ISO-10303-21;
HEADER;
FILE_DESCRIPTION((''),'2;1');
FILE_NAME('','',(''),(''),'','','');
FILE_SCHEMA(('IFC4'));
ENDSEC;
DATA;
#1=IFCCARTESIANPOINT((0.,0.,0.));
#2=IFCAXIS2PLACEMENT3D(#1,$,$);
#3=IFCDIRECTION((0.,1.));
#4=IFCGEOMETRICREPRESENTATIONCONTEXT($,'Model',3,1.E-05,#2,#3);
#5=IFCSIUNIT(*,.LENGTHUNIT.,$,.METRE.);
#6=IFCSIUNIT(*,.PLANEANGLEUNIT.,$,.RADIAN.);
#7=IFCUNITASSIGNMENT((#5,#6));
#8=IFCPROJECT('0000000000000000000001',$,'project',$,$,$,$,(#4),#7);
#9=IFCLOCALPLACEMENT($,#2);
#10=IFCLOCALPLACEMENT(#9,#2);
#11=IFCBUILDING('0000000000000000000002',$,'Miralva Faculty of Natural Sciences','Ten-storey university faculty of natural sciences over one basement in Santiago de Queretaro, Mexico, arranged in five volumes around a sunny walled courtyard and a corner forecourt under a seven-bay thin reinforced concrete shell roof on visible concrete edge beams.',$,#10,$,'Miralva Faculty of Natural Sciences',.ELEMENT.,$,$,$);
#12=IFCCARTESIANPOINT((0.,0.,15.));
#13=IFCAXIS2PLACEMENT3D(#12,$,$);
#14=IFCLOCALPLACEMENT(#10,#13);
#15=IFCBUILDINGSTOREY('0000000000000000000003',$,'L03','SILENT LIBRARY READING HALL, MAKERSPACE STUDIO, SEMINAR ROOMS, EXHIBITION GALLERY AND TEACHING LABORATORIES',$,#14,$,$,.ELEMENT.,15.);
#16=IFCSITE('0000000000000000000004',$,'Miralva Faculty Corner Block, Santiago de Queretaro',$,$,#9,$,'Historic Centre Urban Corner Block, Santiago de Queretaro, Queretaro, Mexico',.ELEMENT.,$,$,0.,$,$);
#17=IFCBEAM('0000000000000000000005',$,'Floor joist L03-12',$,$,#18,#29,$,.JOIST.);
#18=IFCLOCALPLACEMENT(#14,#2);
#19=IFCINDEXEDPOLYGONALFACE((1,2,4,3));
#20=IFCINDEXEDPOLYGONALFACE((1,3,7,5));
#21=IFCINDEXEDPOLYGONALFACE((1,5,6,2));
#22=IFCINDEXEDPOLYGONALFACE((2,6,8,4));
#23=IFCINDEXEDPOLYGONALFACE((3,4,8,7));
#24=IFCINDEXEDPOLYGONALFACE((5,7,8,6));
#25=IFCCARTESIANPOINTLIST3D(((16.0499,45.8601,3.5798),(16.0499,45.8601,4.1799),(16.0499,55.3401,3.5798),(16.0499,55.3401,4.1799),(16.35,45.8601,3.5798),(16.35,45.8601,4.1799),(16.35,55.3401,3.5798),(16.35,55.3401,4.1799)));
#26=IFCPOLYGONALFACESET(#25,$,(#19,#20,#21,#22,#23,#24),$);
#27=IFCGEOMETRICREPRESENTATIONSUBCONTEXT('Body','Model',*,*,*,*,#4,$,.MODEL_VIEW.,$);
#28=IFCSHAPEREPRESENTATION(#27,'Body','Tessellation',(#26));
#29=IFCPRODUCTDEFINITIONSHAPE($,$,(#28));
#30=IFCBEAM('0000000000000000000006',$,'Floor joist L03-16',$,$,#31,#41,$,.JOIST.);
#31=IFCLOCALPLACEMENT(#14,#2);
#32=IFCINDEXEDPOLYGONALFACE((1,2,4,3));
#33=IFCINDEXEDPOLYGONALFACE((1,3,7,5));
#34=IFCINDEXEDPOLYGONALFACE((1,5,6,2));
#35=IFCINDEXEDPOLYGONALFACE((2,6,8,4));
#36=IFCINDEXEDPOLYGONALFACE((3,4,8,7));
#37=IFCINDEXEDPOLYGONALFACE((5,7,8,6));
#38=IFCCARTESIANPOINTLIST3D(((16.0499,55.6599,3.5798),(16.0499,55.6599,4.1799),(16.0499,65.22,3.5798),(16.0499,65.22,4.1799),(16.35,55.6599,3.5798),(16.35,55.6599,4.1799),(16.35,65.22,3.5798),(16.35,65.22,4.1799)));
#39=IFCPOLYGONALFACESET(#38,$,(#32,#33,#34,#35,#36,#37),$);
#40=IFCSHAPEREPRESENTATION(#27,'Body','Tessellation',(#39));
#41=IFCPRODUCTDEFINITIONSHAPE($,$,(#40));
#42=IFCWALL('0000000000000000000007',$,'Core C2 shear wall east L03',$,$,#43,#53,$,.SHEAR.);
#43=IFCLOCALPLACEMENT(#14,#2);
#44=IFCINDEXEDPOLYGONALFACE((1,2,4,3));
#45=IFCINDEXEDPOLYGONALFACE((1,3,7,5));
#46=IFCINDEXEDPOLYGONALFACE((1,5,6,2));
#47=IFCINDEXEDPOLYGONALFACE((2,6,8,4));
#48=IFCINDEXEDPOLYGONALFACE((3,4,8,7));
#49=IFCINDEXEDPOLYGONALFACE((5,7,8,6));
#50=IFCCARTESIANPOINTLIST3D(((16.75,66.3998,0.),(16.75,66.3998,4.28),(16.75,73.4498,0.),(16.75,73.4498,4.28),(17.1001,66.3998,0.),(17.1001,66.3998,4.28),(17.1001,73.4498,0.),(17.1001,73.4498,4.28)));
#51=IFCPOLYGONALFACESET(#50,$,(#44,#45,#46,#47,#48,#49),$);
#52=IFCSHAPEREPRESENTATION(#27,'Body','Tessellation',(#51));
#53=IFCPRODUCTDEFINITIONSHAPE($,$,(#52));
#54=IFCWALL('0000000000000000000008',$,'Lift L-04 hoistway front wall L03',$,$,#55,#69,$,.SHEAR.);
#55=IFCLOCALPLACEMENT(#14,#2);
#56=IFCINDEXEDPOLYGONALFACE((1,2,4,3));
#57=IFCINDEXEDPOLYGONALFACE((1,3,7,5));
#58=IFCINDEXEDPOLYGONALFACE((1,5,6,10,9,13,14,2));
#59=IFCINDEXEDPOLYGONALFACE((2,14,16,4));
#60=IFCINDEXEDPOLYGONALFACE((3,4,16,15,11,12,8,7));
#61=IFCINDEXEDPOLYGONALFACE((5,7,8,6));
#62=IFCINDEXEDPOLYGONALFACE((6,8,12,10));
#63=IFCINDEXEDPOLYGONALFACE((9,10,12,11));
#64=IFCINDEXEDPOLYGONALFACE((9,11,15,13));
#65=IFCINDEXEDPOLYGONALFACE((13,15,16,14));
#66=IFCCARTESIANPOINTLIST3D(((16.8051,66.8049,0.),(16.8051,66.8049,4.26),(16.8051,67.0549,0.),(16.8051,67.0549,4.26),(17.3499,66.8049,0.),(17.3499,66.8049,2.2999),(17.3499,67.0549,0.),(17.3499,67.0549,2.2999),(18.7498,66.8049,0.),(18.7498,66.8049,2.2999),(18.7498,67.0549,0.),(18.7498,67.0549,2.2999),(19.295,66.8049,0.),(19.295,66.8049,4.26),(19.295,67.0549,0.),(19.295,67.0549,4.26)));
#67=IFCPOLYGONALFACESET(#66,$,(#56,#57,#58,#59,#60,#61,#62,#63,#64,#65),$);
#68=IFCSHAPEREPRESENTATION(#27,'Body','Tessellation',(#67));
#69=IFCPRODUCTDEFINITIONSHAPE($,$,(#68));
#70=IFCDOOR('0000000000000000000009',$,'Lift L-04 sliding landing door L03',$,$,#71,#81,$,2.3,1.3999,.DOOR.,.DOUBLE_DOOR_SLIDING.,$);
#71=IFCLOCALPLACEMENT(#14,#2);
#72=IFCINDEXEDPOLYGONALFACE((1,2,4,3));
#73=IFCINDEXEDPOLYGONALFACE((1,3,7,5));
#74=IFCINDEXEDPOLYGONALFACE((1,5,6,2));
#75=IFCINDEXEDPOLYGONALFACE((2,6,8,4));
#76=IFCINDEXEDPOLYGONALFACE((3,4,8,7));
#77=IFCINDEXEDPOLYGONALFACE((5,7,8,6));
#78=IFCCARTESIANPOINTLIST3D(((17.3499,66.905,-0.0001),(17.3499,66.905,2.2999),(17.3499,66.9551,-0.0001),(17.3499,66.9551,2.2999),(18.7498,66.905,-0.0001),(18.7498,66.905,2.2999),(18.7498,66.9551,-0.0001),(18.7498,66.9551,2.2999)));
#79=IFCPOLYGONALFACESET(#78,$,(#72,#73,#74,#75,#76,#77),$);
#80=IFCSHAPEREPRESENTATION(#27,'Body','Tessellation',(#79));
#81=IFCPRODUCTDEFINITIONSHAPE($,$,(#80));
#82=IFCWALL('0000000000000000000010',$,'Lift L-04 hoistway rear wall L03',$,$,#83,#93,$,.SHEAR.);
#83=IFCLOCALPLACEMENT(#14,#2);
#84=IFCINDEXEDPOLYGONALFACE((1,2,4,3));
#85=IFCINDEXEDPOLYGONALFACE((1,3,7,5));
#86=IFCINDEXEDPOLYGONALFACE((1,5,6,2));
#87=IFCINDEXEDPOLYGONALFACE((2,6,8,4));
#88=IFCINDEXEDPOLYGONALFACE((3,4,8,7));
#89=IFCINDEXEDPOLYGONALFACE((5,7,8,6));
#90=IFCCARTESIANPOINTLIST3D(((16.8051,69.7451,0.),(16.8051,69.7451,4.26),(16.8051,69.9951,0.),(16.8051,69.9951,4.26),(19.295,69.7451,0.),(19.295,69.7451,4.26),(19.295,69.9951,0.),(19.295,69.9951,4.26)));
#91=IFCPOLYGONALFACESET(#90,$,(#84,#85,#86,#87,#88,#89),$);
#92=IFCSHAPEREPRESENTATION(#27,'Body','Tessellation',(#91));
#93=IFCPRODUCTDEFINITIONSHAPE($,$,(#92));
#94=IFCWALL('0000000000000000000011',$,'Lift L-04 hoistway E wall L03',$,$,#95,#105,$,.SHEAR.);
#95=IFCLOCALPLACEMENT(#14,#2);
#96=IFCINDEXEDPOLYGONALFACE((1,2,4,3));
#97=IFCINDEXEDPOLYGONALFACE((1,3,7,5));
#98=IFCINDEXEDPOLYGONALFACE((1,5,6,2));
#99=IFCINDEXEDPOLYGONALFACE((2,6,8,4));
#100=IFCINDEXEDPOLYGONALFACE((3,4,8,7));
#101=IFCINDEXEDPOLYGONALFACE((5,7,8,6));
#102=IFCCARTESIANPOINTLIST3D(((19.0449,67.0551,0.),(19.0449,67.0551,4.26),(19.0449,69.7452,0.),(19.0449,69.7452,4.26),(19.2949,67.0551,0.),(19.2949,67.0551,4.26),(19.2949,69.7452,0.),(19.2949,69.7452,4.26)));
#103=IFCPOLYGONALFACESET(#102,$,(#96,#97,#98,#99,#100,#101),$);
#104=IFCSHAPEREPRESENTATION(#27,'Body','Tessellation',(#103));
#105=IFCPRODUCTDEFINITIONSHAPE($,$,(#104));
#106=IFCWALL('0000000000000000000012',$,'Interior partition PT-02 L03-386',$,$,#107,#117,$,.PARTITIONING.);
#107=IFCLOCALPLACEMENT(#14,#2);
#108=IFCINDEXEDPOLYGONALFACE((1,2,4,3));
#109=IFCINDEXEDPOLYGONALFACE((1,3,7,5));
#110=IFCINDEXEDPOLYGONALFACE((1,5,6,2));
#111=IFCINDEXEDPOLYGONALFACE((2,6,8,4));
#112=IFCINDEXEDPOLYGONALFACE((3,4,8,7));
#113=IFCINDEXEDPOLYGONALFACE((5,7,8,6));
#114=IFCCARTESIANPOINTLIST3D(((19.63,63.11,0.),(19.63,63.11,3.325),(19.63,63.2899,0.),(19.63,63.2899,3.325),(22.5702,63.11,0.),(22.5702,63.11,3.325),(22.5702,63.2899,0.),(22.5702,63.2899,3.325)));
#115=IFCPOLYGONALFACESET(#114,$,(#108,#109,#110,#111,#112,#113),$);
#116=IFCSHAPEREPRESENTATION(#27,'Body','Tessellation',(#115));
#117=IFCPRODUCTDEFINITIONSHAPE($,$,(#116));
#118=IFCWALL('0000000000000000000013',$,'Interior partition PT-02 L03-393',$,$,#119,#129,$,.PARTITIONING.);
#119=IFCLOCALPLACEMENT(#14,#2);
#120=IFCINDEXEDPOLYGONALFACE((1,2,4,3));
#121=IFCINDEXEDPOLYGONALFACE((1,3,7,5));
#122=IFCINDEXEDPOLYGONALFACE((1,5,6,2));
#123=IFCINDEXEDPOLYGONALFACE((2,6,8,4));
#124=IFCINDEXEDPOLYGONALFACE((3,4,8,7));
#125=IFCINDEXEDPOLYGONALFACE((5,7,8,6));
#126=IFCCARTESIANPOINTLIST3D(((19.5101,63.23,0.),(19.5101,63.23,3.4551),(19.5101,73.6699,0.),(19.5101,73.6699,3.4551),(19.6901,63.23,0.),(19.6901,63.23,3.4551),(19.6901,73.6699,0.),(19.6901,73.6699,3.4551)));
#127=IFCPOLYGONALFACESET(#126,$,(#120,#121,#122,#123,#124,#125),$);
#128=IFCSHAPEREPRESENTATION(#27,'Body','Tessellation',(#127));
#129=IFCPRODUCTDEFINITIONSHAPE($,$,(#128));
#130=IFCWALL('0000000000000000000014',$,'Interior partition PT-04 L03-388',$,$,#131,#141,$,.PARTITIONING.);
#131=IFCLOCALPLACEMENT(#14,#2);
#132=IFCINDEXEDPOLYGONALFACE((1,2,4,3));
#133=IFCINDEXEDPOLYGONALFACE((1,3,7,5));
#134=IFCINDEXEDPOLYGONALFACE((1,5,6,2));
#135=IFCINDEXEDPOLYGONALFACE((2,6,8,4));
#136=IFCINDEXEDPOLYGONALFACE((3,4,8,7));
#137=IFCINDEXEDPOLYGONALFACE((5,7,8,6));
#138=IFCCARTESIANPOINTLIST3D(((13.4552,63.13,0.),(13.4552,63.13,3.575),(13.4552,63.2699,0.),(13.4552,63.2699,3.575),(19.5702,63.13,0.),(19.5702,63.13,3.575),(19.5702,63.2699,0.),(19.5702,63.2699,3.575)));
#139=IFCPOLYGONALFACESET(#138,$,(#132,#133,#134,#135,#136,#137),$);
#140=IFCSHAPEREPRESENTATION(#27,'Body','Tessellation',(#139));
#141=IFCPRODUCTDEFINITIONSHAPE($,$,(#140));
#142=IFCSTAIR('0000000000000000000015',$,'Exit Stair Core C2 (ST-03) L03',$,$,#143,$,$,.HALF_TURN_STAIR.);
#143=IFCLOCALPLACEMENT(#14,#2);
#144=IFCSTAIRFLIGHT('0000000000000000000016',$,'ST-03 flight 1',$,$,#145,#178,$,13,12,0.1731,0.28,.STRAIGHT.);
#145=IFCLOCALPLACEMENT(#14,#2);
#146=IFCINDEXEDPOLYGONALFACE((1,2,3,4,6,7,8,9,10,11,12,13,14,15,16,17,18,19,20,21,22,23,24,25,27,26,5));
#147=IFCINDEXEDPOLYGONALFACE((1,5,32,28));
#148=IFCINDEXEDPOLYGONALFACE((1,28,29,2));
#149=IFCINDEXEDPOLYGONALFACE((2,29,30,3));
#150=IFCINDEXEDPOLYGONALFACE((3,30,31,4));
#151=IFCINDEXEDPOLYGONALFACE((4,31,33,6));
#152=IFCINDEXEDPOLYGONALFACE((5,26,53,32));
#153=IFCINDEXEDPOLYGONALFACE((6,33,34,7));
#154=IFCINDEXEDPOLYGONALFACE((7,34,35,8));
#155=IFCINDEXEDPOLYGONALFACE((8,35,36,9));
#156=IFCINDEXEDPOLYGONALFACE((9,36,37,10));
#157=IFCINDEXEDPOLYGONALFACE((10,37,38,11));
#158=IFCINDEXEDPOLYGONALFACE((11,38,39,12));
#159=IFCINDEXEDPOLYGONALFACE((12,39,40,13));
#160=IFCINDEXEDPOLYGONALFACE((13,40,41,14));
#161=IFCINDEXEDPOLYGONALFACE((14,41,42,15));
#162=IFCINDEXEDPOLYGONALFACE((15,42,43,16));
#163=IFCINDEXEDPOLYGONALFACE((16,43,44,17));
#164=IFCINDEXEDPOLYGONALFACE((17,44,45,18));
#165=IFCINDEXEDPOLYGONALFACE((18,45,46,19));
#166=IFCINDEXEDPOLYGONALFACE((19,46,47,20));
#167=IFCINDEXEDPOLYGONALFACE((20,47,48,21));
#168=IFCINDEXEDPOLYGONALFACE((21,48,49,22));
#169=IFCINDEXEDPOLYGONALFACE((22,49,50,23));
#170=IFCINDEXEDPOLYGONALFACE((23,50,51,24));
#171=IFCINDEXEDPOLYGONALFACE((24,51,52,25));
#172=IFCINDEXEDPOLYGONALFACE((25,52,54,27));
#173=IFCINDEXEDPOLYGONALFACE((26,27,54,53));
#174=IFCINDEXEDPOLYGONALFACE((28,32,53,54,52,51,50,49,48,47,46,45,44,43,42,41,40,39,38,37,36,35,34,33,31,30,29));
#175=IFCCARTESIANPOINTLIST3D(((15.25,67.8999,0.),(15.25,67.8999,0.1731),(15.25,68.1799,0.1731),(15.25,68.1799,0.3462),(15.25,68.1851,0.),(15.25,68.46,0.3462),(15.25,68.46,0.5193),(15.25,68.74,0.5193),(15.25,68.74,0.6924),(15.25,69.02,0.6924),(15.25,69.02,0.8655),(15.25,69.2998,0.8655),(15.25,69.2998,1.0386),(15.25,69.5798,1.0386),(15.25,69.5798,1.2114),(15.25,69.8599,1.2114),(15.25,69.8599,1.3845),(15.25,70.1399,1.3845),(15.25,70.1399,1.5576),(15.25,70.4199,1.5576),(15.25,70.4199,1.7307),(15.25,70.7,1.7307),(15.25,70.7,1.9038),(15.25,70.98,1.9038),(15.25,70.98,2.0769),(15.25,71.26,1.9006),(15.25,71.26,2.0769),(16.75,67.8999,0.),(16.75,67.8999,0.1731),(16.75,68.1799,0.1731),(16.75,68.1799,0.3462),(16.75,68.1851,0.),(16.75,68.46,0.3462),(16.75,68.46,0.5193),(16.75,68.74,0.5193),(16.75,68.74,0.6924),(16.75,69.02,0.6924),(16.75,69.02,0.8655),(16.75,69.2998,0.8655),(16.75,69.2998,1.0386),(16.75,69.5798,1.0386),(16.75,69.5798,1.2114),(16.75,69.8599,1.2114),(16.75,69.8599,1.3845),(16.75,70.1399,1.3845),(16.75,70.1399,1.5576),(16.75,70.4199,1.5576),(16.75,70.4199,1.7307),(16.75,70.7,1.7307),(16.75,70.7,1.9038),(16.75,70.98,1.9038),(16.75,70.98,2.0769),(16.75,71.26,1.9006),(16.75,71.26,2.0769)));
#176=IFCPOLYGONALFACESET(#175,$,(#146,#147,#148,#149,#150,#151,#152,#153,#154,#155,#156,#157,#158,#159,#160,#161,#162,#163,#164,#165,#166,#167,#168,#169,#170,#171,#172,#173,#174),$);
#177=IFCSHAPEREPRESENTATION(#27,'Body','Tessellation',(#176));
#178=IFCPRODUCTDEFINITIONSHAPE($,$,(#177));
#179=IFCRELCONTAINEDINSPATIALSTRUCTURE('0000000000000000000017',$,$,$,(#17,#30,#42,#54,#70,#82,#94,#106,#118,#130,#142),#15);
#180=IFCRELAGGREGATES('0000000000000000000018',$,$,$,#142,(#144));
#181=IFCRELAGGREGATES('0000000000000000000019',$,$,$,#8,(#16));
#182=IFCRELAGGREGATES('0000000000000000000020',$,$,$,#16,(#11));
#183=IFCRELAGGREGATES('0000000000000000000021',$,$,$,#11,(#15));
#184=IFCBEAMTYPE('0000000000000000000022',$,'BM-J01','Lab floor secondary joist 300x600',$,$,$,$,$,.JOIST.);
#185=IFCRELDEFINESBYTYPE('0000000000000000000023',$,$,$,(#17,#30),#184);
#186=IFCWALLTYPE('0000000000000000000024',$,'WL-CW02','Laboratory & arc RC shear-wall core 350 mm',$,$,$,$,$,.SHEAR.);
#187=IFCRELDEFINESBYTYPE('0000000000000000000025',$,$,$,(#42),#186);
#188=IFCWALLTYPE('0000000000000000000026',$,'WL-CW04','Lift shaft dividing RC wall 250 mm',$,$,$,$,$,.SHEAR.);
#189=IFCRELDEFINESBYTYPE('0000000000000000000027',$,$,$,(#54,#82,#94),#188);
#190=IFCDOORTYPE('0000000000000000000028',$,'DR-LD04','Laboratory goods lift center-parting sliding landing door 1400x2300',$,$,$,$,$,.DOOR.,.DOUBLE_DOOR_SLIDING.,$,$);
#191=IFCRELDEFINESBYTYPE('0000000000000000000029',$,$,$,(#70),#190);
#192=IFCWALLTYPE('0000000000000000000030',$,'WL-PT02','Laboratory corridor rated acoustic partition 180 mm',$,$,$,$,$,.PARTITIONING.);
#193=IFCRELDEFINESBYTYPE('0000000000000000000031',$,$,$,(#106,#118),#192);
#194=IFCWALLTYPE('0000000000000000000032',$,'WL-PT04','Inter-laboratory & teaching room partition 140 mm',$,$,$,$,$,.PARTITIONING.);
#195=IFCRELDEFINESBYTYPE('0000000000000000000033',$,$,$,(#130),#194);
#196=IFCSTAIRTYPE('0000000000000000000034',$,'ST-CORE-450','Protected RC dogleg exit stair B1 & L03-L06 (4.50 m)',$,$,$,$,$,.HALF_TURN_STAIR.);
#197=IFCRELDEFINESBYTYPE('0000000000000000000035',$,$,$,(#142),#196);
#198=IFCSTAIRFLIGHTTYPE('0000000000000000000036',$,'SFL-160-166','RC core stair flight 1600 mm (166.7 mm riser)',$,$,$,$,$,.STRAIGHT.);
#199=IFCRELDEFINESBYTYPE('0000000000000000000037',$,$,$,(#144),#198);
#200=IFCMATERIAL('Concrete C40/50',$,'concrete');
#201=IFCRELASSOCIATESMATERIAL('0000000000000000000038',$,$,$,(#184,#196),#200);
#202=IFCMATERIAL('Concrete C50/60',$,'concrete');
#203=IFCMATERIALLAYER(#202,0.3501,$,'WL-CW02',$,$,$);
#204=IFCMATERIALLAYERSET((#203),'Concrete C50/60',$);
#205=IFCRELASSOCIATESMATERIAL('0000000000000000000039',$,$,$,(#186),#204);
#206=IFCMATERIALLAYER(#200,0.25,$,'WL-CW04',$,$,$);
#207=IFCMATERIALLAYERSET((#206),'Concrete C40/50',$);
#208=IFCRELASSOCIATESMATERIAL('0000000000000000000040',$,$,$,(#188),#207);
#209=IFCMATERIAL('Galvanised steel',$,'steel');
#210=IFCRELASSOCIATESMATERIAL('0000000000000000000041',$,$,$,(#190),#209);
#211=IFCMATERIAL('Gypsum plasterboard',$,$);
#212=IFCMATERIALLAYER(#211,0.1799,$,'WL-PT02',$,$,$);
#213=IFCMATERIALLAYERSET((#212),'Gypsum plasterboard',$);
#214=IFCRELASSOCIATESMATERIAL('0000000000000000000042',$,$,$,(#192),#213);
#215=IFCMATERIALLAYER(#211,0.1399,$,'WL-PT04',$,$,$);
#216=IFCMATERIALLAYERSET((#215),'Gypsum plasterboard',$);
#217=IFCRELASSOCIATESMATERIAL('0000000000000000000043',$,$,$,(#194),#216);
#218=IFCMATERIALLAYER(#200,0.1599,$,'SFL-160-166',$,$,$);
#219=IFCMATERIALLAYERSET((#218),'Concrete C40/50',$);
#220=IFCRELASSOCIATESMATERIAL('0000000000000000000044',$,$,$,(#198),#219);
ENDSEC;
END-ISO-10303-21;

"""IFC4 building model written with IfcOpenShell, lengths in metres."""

from ifc_helpers import new_model, si_unit, direction, frame, frame_2d, origin, origin_2d, place, context, subcontext, project, spatial, polyline, rectangle, outline, extrude, material, layer, layer_set, material_profile, profile_set, type_object, element, fill, aggregate, save


model = new_model("IFC4")

# Units and contexts
model_context = context("Model", 3, precision=1e-05, world=origin(), true_north=direction((0.0, 1.0)))
body_context = subcontext(model_context, "Body", "Model", "MODEL_VIEW")
ifc_project = project(units=[si_unit("LENGTHUNIT", "METRE"), si_unit("PLANEANGLEUNIT", "RADIAN")], contexts=[model_context])

# Site, building, storey
site_placement = place(None, origin())
site = spatial("IfcSite", under=ifc_project, at=site_placement, Name="Miralva Faculty Corner Block, Santiago de Queretaro", LongName="Historic Centre Urban Corner Block, Santiago de Queretaro, Queretaro, Mexico", CompositionType="ELEMENT", RefElevation=0.0)
building_placement = place(site_placement, origin())
building = spatial("IfcBuilding", under=site, at=building_placement, Name="Miralva Faculty of Natural Sciences", Description="Ten-storey university faculty of natural sciences over one basement in Santiago de Queretaro, Mexico, arranged in five volumes around a sunny walled courtyard and a corner forecourt under a seven-bay thin reinforced concrete shell roof on visible concrete edge beams.", LongName="Miralva Faculty of Natural Sciences", CompositionType="ELEMENT")
storey_placement = place(building_placement, frame((0.0, 0.0, 15.0)))
storey = spatial("IfcBuildingStorey", under=building, at=storey_placement, Name="L03", Description="SILENT LIBRARY READING HALL, MAKERSPACE STUDIO, SEMINAR ROOMS, EXHIBITION GALLERY AND TEACHING LABORATORIES", CompositionType="ELEMENT", Elevation=15.0)

# Beams
ifc_material_1 = material(Name="Concrete C40/50", Category="concrete")
ifc_material_profile = material_profile(ifc_material_1, rectangle(XDim=0.3, YDim=0.6001, at=origin_2d()), Name="RC 300x600")
ifc_profile_set = profile_set([ifc_material_profile], Name="Concrete C40/50")
beam_type = type_object("IfcBeamType", Name="BM-J01", Description="Lab floor secondary joist 300x600", PredefinedType="JOIST", material=ifc_profile_set)
beam_1_placement = place(storey_placement, frame((16.2, 45.8601, 3.8799), z_axis=(0.0, 1.0, 0.0), x_axis=(-1.0, 0.0, 0.0)))
element("IfcBeam", 1, at=beam_1_placement, inside=storey, type_object=beam_type, Name="Floor joist L03-12", PredefinedType="JOIST", context=body_context, shape_type="SweptSolid", body=[
    extrude(rectangle(XDim=0.3, YDim=0.6001, at=origin_2d()), origin(), (0.0, 0.0, 1.0), 9.48),
])
beam_2_placement = place(storey_placement, frame((16.2, 55.6599, 3.8799), z_axis=(0.0, 1.0, 0.0), x_axis=(-1.0, 0.0, 0.0)))
element("IfcBeam", 2, at=beam_2_placement, inside=storey, type_object=beam_type, Name="Floor joist L03-16", PredefinedType="JOIST", context=body_context, shape_type="SweptSolid", body=[
    extrude(rectangle(XDim=0.3, YDim=0.6001, at=origin_2d()), origin(), (0.0, 0.0, 1.0), 9.5601),
])

# Wall
ifc_material_2 = material(Name="Concrete C50/60", Category="concrete")
ifc_layer_1 = layer(ifc_material_2, 0.3501, Name="WL-CW02")
ifc_layer_set_1 = layer_set([ifc_layer_1], Name="Concrete C50/60")
wall_type_1 = type_object("IfcWallType", Name="WL-CW02", Description="Laboratory & arc RC shear-wall core 350 mm", PredefinedType="SHEAR", material=ifc_layer_set_1)
wall_1_placement = place(storey_placement, frame((16.925, 66.3999, 0.0), z_axis=(0.0, 0.0, 1.0), x_axis=(0.0, 1.0, 0.0)))
element("IfcWall", 3, at=wall_1_placement, inside=storey, type_object=wall_type_1, Name="Core C2 shear wall east L03", PredefinedType="SHEAR", context=body_context, shape_type="SweptSolid", body=[
    extrude(rectangle(XDim=7.05, YDim=0.3501, at=frame_2d((3.5249, 0.0))), origin(), (0.0, 0.0, 1.0), 4.28),
])

# Wall, opening, door
ifc_layer_2 = layer(ifc_material_1, 0.25, Name="WL-CW04")
ifc_layer_set_2 = layer_set([ifc_layer_2], Name="Concrete C40/50")
wall_type_2 = type_object("IfcWallType", Name="WL-CW04", Description="Lift shaft dividing RC wall 250 mm", PredefinedType="SHEAR", material=ifc_layer_set_2)
wall_2_placement = place(storey_placement, frame((16.8049, 66.9299, 0.0), z_axis=(0.0, 0.0, 1.0), x_axis=(1.0, 0.0, 0.0)))
wall_2 = element("IfcWall", 4, at=wall_2_placement, inside=storey, type_object=wall_type_2, Name="Lift L-04 hoistway front wall L03", PredefinedType="SHEAR", context=body_context, shape_type="SweptSolid", body=[
    extrude(rectangle(XDim=2.49, YDim=0.25, at=frame_2d((1.2451, 0.0))), origin(), (0.0, 0.0, 1.0), 4.26),
])
opening_placement = place(wall_2_placement, frame((0.5449, 0.0, 0.0)))
opening = element("IfcOpeningElement", 5, at=opening_placement, cuts=wall_2, PredefinedType="OPENING", context=body_context, shape_type="SweptSolid", body=[
    extrude(rectangle(XDim=1.3999, YDim=2.3, at=frame_2d((0.7, 1.1499))), frame((0.0, 0.135, 0.0), z_axis=(0.0, -1.0, 0.0), x_axis=(1.0, 0.0, 0.0)), (0.0, 0.0, 1.0), 0.27),
])
ifc_material_3 = material(Name="Galvanised steel", Category="steel")
door_type = type_object("IfcDoorType", Name="DR-LD04", Description="Laboratory goods lift center-parting sliding landing door 1400x2300", OperationType="DOUBLE_DOOR_SLIDING", PredefinedType="DOOR", material=ifc_material_3)
door_placement = place(opening_placement, frame((1.3999, 0.0, 0.0), z_axis=(0.0, 0.0, 1.0), x_axis=(-1.0, 0.0, 0.0)))
door = element("IfcDoor", 6, at=door_placement, inside=storey, type_object=door_type, Name="Lift L-04 sliding landing door L03", OperationType="DOUBLE_DOOR_SLIDING", OverallHeight=2.3, OverallWidth=1.3999, PredefinedType="DOOR", context=body_context, shape_type="SweptSolid", body=[
    extrude(rectangle(XDim=1.3999, YDim=2.3, at=frame_2d((0.7, 1.1499))), frame((0.0, 0.0249, 0.0), z_axis=(0.0, -1.0, 0.0), x_axis=(1.0, 0.0, 0.0)), (0.0, 0.0, 1.0), 0.05),
])
fill(opening, door)

# Walls
wall_3_placement = place(storey_placement, frame((16.8049, 69.8701, 0.0), z_axis=(0.0, 0.0, 1.0), x_axis=(1.0, 0.0, 0.0)))
element("IfcWall", 7, at=wall_3_placement, inside=storey, type_object=wall_type_2, Name="Lift L-04 hoistway rear wall L03", PredefinedType="SHEAR", context=body_context, shape_type="SweptSolid", body=[
    extrude(rectangle(XDim=2.49, YDim=0.25, at=frame_2d((1.2451, 0.0))), origin(), (0.0, 0.0, 1.0), 4.26),
])
wall_4_placement = place(storey_placement, frame((19.1699, 67.0549, 0.0), z_axis=(0.0, 0.0, 1.0), x_axis=(0.0, 1.0, 0.0)))
element("IfcWall", 8, at=wall_4_placement, inside=storey, type_object=wall_type_2, Name="Lift L-04 hoistway E wall L03", PredefinedType="SHEAR", context=body_context, shape_type="SweptSolid", body=[
    extrude(rectangle(XDim=2.6902, YDim=0.25, at=frame_2d((1.3452, 0.0))), origin(), (0.0, 0.0, 1.0), 4.26),
])
ifc_material_4 = material(Name="Gypsum plasterboard")
ifc_layer_3 = layer(ifc_material_4, 0.1799, Name="WL-PT02")
ifc_layer_set_3 = layer_set([ifc_layer_3], Name="Gypsum plasterboard")
wall_type_3 = type_object("IfcWallType", Name="WL-PT02", Description="Laboratory corridor rated acoustic partition 180 mm", PredefinedType="PARTITIONING", material=ifc_layer_set_3)
wall_5_placement = place(storey_placement, frame((19.6299, 63.2, 0.0), z_axis=(0.0, 0.0, 1.0), x_axis=(1.0, 0.0, 0.0)))
element("IfcWall", 9, at=wall_5_placement, inside=storey, type_object=wall_type_3, Name="Interior partition PT-02 L03-386", PredefinedType="PARTITIONING", context=body_context, shape_type="SweptSolid", body=[
    extrude(rectangle(XDim=2.9402, YDim=0.1799, at=frame_2d((1.4702, 0.0))), origin(), (0.0, 0.0, 1.0), 3.325),
])
wall_6_placement = place(storey_placement, frame((19.6001, 63.23, 0.0), z_axis=(0.0, 0.0, 1.0), x_axis=(0.0, 1.0, 0.0)))
element("IfcWall", 10, at=wall_6_placement, inside=storey, type_object=wall_type_3, Name="Interior partition PT-02 L03-393", PredefinedType="PARTITIONING", context=body_context, shape_type="SweptSolid", body=[
    extrude(rectangle(XDim=10.4399, YDim=0.1799, at=frame_2d((5.22, 0.0))), origin(), (0.0, 0.0, 1.0), 3.4551),
])
ifc_layer_4 = layer(ifc_material_4, 0.1399, Name="WL-PT04")
ifc_layer_set_4 = layer_set([ifc_layer_4], Name="Gypsum plasterboard")
wall_type_4 = type_object("IfcWallType", Name="WL-PT04", Description="Inter-laboratory & teaching room partition 140 mm", PredefinedType="PARTITIONING", material=ifc_layer_set_4)
wall_7_placement = place(storey_placement, frame((13.4551, 63.2, 0.0), z_axis=(0.0, 0.0, 1.0), x_axis=(1.0, 0.0, 0.0)))
element("IfcWall", 11, at=wall_7_placement, inside=storey, type_object=wall_type_4, Name="Interior partition PT-04 L03-388", PredefinedType="PARTITIONING", context=body_context, shape_type="SweptSolid", body=[
    extrude(rectangle(XDim=6.115, YDim=0.1399, at=frame_2d((3.0576, 0.0))), origin(), (0.0, 0.0, 1.0), 3.575),
])

# Stair, stair flight
stair_type = type_object("IfcStairType", Name="ST-CORE-450", Description="Protected RC dogleg exit stair B1 & L03-L06 (4.50 m)", PredefinedType="HALF_TURN_STAIR", material=ifc_material_1)
stair_placement = place(storey_placement, origin())
stair = element("IfcStair", 12, at=stair_placement, inside=storey, type_object=stair_type, Name="Exit Stair Core C2 (ST-03) L03", PredefinedType="HALF_TURN_STAIR")
ifc_layer_5 = layer(ifc_material_1, 0.1599, Name="SFL-160-166")
ifc_layer_set_5 = layer_set([ifc_layer_5], Name="Concrete C40/50")
stair_flight_type = type_object("IfcStairFlightType", Name="SFL-160-166", Description="RC core stair flight 1600 mm (166.7 mm riser)", PredefinedType="STRAIGHT", material=ifc_layer_set_5)
stair_flight_1_placement = place(storey_placement, frame((16.0, 67.8999, 0.0), z_axis=(0.0, 0.0, 1.0), x_axis=(0.0, 1.0, 0.0)))
stair_flight_1 = element("IfcStairFlight", 13, at=stair_flight_1_placement, type_object=stair_flight_type, Name="ST-03 flight 1", NumberOfRisers=13, NumberOfTreads=12, PredefinedType="STRAIGHT", RiserHeight=0.1731, TreadLength=0.28, context=body_context, shape_type="SweptSolid", body=[
    extrude(outline(polyline([(0.0, 0.0), (0.0, 0.1731), (0.28, 0.1731), (0.28, 0.3462), (0.5601, 0.3462), (0.5601, 0.5193), (0.8401, 0.5193), (0.8401, 0.6924), (1.1201, 0.6924), (1.1201, 0.8655), (1.3999, 0.8655), (1.3999, 1.0386), (1.6799, 1.0386), (1.6799, 1.2114), (1.96, 1.2114), (1.96, 1.3845), (2.24, 1.3845), (2.24, 1.5576), (2.52, 1.5576), (2.52, 1.7307), (2.8, 1.7307), (2.8, 1.9038), (3.0801, 1.9038), (3.0801, 2.0769), (3.3601, 2.0769), (3.3601, 2.25), (3.3601, 1.9006), (0.2852, 0.0), (0.0, 0.0)])), frame((0.0, 0.75, 0.0), z_axis=(0.0, -1.0, 0.0), x_axis=(1.0, 0.0, 0.0)), (0.0, 0.0, 1.0), 1.5),
])
aggregate(stair, [stair_flight_1])

save(model, "model.ifc")
